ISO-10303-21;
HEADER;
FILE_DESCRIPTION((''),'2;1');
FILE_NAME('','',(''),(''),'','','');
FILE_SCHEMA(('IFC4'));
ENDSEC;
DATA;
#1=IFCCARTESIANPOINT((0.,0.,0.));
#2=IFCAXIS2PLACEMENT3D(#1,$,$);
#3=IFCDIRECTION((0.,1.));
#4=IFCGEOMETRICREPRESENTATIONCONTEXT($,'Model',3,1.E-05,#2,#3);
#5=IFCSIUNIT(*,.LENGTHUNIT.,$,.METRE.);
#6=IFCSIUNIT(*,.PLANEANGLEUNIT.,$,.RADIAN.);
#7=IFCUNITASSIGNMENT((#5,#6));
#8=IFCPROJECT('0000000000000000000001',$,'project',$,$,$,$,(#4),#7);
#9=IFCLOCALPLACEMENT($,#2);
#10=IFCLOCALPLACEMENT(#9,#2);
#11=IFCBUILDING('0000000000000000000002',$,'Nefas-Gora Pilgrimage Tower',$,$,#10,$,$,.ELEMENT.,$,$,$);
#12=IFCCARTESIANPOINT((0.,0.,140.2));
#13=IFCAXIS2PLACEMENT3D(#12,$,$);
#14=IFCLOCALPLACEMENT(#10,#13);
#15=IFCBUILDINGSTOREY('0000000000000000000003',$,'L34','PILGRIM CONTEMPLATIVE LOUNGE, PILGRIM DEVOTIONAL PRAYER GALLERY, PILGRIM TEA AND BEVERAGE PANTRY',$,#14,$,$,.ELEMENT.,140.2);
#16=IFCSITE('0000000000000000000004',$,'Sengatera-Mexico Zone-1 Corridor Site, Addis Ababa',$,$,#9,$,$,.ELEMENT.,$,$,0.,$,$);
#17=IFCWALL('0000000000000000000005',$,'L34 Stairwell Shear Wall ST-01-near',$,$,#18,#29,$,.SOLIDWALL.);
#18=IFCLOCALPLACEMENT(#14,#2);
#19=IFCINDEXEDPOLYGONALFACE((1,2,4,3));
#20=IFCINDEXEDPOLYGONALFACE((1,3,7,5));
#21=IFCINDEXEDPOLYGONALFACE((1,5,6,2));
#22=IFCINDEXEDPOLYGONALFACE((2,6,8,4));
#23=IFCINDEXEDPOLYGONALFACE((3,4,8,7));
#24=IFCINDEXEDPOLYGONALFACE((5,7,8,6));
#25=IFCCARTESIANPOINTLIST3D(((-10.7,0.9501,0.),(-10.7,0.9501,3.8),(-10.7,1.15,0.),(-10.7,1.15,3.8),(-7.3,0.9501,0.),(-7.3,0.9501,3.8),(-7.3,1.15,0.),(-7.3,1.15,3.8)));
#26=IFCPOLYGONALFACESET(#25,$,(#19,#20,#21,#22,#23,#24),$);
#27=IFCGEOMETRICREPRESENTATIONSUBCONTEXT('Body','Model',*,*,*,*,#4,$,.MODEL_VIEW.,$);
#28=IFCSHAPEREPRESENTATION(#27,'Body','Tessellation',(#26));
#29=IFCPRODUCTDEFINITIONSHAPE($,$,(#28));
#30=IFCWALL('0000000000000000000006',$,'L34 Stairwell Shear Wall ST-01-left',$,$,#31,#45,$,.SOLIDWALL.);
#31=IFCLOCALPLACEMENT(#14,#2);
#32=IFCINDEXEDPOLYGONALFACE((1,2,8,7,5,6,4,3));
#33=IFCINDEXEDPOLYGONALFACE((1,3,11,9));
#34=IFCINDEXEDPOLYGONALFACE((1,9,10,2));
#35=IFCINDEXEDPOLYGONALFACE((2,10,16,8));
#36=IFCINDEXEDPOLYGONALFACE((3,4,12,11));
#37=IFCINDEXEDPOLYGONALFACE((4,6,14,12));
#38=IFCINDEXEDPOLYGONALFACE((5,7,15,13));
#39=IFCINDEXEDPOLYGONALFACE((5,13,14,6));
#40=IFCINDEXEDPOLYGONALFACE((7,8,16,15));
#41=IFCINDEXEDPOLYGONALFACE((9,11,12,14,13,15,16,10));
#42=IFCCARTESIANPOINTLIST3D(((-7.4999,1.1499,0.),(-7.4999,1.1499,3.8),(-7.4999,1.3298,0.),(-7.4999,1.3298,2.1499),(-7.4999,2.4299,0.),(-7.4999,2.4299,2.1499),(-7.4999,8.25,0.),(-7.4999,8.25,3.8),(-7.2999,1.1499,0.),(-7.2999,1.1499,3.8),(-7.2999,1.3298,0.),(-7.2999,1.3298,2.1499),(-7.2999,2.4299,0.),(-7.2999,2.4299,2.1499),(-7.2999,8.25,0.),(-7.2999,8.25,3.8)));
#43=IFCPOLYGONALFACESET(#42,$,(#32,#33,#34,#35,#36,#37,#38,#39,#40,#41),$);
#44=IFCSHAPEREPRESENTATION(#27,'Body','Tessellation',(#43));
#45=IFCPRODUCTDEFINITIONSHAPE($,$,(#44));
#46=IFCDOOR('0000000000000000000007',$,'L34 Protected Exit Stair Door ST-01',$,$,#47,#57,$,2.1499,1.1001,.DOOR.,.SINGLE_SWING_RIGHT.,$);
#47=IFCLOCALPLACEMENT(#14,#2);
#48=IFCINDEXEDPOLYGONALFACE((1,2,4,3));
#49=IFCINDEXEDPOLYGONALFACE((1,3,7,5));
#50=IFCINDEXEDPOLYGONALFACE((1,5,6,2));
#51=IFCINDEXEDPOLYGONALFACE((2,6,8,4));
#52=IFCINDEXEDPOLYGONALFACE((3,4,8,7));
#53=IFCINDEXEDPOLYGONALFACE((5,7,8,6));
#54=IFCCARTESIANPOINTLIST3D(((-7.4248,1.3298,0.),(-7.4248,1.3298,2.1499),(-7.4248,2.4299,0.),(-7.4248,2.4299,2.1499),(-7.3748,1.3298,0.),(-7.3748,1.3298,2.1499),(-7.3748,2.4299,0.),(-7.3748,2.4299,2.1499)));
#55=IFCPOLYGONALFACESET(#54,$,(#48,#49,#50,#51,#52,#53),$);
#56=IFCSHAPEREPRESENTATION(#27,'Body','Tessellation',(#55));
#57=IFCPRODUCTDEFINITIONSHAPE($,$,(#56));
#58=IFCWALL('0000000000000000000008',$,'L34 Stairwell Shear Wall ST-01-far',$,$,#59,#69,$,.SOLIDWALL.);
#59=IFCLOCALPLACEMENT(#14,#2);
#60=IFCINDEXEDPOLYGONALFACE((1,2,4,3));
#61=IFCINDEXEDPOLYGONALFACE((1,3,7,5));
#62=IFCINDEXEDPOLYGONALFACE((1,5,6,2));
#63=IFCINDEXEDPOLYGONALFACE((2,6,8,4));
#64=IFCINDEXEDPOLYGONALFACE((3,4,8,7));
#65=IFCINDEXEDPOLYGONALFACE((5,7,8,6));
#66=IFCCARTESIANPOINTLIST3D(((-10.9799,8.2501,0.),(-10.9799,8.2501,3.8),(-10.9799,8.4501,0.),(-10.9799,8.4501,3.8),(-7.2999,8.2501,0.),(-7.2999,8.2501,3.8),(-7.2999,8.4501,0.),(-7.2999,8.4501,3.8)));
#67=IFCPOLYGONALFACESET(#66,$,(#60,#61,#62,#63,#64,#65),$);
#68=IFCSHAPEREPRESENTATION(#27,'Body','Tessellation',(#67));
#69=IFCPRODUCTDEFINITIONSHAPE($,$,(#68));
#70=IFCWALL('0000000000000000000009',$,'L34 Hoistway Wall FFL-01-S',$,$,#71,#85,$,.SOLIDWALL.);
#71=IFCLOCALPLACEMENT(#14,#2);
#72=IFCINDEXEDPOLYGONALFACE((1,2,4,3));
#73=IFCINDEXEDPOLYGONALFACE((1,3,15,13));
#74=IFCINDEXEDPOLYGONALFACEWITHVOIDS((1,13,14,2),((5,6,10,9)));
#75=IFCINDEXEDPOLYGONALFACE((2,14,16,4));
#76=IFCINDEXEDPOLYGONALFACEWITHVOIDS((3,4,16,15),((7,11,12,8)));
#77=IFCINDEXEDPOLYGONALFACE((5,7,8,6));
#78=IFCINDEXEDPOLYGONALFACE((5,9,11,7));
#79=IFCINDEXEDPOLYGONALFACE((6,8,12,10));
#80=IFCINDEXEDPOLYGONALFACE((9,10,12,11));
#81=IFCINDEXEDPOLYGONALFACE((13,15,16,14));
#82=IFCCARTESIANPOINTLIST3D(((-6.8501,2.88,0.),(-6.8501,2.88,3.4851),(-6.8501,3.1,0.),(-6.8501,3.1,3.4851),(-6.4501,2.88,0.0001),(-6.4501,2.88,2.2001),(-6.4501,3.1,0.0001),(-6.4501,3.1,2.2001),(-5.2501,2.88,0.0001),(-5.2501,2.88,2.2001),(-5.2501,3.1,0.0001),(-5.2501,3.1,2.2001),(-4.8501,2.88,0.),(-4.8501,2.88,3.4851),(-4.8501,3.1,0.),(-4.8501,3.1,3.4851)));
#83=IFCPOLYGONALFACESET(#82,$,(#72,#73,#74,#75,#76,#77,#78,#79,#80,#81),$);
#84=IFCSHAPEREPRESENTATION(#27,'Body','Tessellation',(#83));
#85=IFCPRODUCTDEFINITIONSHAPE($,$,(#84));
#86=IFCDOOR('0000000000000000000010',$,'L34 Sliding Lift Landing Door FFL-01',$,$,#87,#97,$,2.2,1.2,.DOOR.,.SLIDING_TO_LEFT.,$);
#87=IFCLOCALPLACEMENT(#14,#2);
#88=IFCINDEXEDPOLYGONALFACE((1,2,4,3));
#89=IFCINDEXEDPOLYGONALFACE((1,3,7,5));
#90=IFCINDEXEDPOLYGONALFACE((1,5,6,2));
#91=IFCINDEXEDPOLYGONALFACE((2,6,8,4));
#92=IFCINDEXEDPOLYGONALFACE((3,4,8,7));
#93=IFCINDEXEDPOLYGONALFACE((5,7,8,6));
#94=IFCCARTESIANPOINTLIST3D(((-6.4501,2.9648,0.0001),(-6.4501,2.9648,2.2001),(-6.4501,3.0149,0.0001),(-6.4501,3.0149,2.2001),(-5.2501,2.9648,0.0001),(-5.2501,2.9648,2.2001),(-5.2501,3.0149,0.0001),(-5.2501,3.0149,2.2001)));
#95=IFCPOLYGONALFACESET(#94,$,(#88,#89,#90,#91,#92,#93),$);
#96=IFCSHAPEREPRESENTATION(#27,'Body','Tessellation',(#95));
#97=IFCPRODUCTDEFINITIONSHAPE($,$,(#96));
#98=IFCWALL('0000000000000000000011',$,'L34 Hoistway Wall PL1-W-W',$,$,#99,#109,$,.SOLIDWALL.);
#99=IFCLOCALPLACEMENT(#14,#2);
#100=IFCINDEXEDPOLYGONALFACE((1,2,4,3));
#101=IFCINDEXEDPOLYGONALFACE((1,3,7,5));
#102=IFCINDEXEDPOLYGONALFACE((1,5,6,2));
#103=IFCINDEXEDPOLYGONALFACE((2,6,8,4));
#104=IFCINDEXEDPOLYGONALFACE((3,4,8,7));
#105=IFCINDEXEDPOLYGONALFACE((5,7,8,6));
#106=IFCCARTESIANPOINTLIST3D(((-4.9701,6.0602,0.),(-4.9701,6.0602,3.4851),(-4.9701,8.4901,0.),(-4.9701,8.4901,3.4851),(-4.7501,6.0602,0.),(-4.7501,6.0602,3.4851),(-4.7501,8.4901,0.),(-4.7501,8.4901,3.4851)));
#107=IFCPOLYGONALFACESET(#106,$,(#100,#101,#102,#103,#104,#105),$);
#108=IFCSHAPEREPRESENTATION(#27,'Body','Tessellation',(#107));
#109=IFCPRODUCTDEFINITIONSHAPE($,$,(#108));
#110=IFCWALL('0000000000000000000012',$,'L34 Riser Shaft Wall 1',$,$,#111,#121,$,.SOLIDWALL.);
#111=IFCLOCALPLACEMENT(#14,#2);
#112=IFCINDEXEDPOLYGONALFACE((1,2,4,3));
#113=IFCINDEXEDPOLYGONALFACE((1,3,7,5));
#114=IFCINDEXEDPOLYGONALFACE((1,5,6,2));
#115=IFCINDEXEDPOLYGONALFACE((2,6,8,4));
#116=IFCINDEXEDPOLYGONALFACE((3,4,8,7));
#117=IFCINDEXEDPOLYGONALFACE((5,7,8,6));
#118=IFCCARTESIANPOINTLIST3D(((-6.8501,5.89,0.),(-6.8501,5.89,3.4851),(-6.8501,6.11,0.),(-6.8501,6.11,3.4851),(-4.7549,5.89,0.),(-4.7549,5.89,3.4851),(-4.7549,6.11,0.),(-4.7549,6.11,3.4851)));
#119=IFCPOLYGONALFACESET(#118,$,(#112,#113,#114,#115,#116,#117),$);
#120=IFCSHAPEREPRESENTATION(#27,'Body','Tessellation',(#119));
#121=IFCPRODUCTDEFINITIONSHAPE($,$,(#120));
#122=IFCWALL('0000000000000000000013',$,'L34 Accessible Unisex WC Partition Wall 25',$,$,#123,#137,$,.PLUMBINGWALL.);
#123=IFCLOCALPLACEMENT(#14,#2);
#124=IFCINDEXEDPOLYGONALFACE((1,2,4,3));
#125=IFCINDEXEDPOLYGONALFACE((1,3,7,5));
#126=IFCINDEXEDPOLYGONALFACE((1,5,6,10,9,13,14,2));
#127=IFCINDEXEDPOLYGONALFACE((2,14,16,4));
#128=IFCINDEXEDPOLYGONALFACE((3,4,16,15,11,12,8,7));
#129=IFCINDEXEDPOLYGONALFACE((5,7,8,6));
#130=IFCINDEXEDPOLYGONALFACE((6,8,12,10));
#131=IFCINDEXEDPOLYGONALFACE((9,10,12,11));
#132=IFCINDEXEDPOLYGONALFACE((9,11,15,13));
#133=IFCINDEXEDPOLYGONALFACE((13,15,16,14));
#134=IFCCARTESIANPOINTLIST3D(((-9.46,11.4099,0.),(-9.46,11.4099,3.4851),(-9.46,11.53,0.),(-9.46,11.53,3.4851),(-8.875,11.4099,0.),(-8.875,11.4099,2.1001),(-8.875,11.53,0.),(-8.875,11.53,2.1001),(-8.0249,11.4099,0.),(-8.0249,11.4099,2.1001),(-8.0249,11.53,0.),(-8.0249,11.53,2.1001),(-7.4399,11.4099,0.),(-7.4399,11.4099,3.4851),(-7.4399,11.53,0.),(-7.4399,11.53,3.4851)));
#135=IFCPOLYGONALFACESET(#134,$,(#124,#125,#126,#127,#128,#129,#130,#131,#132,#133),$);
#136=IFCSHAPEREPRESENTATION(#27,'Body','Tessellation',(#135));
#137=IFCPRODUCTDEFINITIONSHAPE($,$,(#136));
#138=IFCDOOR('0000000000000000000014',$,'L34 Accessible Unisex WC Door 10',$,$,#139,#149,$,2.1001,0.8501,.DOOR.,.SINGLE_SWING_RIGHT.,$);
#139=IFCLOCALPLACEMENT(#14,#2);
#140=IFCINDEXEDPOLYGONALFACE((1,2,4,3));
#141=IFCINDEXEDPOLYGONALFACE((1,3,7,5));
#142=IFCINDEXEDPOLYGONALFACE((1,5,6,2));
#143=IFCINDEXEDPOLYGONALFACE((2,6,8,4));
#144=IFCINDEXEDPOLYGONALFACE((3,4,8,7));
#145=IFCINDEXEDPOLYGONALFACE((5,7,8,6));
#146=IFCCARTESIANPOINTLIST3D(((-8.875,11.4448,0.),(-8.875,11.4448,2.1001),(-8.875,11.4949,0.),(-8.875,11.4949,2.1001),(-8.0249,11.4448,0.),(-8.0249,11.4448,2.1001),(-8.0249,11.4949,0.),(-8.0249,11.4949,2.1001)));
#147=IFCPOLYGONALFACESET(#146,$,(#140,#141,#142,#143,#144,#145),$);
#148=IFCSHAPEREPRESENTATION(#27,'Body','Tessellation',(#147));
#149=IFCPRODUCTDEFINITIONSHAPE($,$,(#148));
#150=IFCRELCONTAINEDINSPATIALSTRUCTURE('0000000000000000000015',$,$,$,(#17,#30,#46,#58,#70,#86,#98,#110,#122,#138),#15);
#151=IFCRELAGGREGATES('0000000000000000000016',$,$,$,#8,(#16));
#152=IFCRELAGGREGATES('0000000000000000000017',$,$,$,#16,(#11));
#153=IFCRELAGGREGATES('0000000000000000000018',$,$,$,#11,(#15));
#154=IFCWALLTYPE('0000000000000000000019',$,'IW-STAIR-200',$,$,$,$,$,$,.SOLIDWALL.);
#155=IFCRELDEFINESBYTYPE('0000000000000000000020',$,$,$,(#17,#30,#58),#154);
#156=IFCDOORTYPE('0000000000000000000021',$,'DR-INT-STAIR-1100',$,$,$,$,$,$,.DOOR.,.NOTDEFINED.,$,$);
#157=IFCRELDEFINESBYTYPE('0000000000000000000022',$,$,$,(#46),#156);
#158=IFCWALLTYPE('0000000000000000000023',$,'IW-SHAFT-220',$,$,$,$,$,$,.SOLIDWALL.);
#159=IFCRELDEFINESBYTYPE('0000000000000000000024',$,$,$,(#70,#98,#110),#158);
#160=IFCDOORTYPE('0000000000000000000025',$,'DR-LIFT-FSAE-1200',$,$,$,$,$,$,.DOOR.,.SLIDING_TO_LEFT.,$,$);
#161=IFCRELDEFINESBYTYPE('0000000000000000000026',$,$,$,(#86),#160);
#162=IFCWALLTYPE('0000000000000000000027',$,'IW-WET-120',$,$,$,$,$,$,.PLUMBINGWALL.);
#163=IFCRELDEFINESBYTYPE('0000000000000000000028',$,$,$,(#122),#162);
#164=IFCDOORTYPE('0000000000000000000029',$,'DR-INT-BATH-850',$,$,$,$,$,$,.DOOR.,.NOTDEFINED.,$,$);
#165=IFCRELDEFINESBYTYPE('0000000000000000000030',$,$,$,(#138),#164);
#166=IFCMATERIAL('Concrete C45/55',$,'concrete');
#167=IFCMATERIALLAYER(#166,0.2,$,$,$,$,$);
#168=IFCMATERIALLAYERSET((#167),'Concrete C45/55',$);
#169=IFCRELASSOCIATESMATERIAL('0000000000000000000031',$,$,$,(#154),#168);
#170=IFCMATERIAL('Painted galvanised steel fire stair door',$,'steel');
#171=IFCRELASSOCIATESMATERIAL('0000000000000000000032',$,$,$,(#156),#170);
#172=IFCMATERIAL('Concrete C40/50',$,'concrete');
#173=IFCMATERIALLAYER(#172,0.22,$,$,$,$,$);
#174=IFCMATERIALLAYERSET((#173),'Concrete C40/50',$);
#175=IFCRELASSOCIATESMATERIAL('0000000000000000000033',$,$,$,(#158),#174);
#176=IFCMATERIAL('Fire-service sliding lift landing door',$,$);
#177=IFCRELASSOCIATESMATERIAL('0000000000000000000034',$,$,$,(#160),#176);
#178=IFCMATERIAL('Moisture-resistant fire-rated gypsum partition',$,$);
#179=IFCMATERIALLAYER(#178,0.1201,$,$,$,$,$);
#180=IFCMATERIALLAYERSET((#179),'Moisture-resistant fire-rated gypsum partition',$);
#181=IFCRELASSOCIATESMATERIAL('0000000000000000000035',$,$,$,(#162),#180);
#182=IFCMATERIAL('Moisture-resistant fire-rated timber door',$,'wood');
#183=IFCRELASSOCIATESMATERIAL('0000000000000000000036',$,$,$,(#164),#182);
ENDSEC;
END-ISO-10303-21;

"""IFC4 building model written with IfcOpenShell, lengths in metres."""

from ifc_helpers import new_model, si_unit, direction, frame, frame_2d, origin, place, context, subcontext, project, spatial, rectangle, extrude, source, transform, mapped, material, layer, layer_set, type_object, element, fill, save


model = new_model("IFC4")

# Units and contexts
model_context = context("Model", 3, precision=1e-05, world=origin(), true_north=direction((0.0, 1.0)))
body_context = subcontext(model_context, "Body", "Model", "MODEL_VIEW")
ifc_project = project(units=[si_unit("LENGTHUNIT", "METRE"), si_unit("PLANEANGLEUNIT", "RADIAN")], contexts=[model_context])

# Site, building, storey
site_placement = place(None, origin())
site = spatial("IfcSite", under=ifc_project, at=site_placement, Name="Sengatera-Mexico Zone-1 Corridor Site, Addis Ababa", CompositionType="ELEMENT", RefElevation=0.0)
building_placement = place(site_placement, origin())
building = spatial("IfcBuilding", under=site, at=building_placement, Name="Nefas-Gora Pilgrimage Tower", CompositionType="ELEMENT")
storey_placement = place(building_placement, frame((0.0, 0.0, 140.2)))
storey = spatial("IfcBuildingStorey", under=building, at=storey_placement, Name="L34", Description="PILGRIM CONTEMPLATIVE LOUNGE, PILGRIM DEVOTIONAL PRAYER GALLERY, PILGRIM TEA AND BEVERAGE PANTRY", CompositionType="ELEMENT", Elevation=140.2)

# Wall
ifc_material_1 = material(Name="Concrete C45/55", Category="concrete")
ifc_layer_1 = layer(ifc_material_1, 0.2)
ifc_layer_set_1 = layer_set([ifc_layer_1], Name="Concrete C45/55")
wall_type_1 = type_object("IfcWallType", Name="IW-STAIR-200", PredefinedType="SOLIDWALL", material=ifc_layer_set_1)
shared_shape_1 = source(origin(), body_context, "Body", "SweptSolid", [
    extrude(rectangle(XDim=3.3999, YDim=0.2, at=frame_2d((1.7, 0.0))), origin(), (0.0, 0.0, 1.0), 3.8),
])
wall_1_placement = place(storey_placement, frame((-7.3, 1.05, 0.0), z_axis=(0.0, 0.0, 1.0), x_axis=(-1.0, 0.0, 0.0)))
element("IfcWall", 1, at=wall_1_placement, inside=storey, type_object=wall_type_1, Name="L34 Stairwell Shear Wall ST-01-near", PredefinedType="SOLIDWALL", context=body_context, shape_type="MappedRepresentation", body=[
    mapped(shared_shape_1, transform((0.0, 0.0, 0.0), x_axis=(1.0, 0.0, 0.0), y_axis=(0.0, 1.0, 0.0), z_axis=(0.0, 0.0, 1.0), scale=1.0)),
])

# Wall, opening, door
shared_shape_2 = source(origin(), body_context, "Body", "SweptSolid", [
    extrude(rectangle(XDim=7.1001, YDim=0.2, at=frame_2d((3.55, 0.0))), origin(), (0.0, 0.0, 1.0), 3.8),
])
wall_2_placement = place(storey_placement, frame((-7.3999, 1.1499, 0.0), z_axis=(0.0, 0.0, 1.0), x_axis=(0.0, 1.0, 0.0)))
wall_2 = element("IfcWall", 2, at=wall_2_placement, inside=storey, type_object=wall_type_1, Name="L34 Stairwell Shear Wall ST-01-left", PredefinedType="SOLIDWALL", context=body_context, shape_type="MappedRepresentation", body=[
    mapped(shared_shape_2, transform((0.0, 0.0, 0.0), x_axis=(1.0, 0.0, 0.0), y_axis=(0.0, 1.0, 0.0), z_axis=(0.0, 0.0, 1.0), scale=1.0)),
])
opening_1_placement = place(wall_2_placement, frame((0.1799, 0.0, 0.0)))
opening_1 = element("IfcOpeningElement", 3, at=opening_1_placement, cuts=wall_2, PredefinedType="OPENING", context=body_context, shape_type="SweptSolid", body=[
    extrude(rectangle(XDim=1.1001, YDim=2.1499, at=frame_2d((0.55, 1.075))), frame((0.0, 0.1099, 0.0), z_axis=(0.0, -1.0, 0.0), x_axis=(1.0, 0.0, 0.0)), (0.0, 0.0, 1.0), 0.22),
])
ifc_material_2 = material(Name="Painted galvanised steel fire stair door", Category="steel")
door_type_1 = type_object("IfcDoorType", Name="DR-INT-STAIR-1100", OperationType="NOTDEFINED", PredefinedType="DOOR", material=ifc_material_2)
shared_shape_3 = source(origin(), body_context, "Body", "SweptSolid", [
    extrude(rectangle(XDim=1.1001, YDim=2.1499, at=frame_2d((0.55, 1.075))), frame((0.0, 0.0249, 0.0), z_axis=(0.0, -1.0, 0.0), x_axis=(1.0, 0.0, 0.0)), (0.0, 0.0, 1.0), 0.05),
])
door_1_placement = place(opening_1_placement, origin())
door_1 = element("IfcDoor", 4, at=door_1_placement, inside=storey, type_object=door_type_1, Name="L34 Protected Exit Stair Door ST-01", OperationType="SINGLE_SWING_RIGHT", OverallHeight=2.1499, OverallWidth=1.1001, PredefinedType="DOOR", context=body_context, shape_type="MappedRepresentation", body=[
    mapped(shared_shape_3, transform((0.0, 0.0, 0.0), x_axis=(1.0, 0.0, 0.0), y_axis=(0.0, 1.0, 0.0), z_axis=(0.0, 0.0, 1.0), scale=1.0)),
])
fill(opening_1, door_1)

# Wall
shared_shape_4 = source(origin(), body_context, "Body", "SweptSolid", [
    extrude(rectangle(XDim=3.6799, YDim=0.2, at=frame_2d((1.8398, 0.0))), origin(), (0.0, 0.0, 1.0), 3.8),
])
wall_3_placement = place(storey_placement, frame((-7.3, 8.3501, 0.0), z_axis=(0.0, 0.0, 1.0), x_axis=(-1.0, 0.0, 0.0)))
element("IfcWall", 5, at=wall_3_placement, inside=storey, type_object=wall_type_1, Name="L34 Stairwell Shear Wall ST-01-far", PredefinedType="SOLIDWALL", context=body_context, shape_type="MappedRepresentation", body=[
    mapped(shared_shape_4, transform((0.0, 0.0, 0.0), x_axis=(1.0, 0.0, 0.0), y_axis=(0.0, 1.0, 0.0), z_axis=(0.0, 0.0, 1.0), scale=1.0)),
])

# Wall, opening, door
ifc_material_3 = material(Name="Concrete C40/50", Category="concrete")
ifc_layer_2 = layer(ifc_material_3, 0.22)
ifc_layer_set_2 = layer_set([ifc_layer_2], Name="Concrete C40/50")
wall_type_2 = type_object("IfcWallType", Name="IW-SHAFT-220", PredefinedType="SOLIDWALL", material=ifc_layer_set_2)
shared_shape_5 = source(origin(), body_context, "Body", "SweptSolid", [
    extrude(rectangle(XDim=2.0, YDim=0.22, at=frame_2d((1.0, 0.0))), origin(), (0.0, 0.0, 1.0), 3.4851),
])
wall_4_placement = place(storey_placement, frame((-6.8501, 2.99, 0.0), z_axis=(0.0, 0.0, 1.0), x_axis=(1.0, 0.0, 0.0)))
wall_4 = element("IfcWall", 6, at=wall_4_placement, inside=storey, type_object=wall_type_2, Name="L34 Hoistway Wall FFL-01-S", PredefinedType="SOLIDWALL", context=body_context, shape_type="MappedRepresentation", body=[
    mapped(shared_shape_5, transform((0.0, 0.0, 0.0), x_axis=(1.0, 0.0, 0.0), y_axis=(0.0, 1.0, 0.0), z_axis=(0.0, 0.0, 1.0), scale=1.0)),
])
opening_2_placement = place(wall_4_placement, frame((0.3999, 0.0, 0.0)))
opening_2 = element("IfcOpeningElement", 7, at=opening_2_placement, cuts=wall_4, PredefinedType="OPENING", context=body_context, shape_type="SweptSolid", body=[
    extrude(rectangle(XDim=1.2, YDim=2.2, at=frame_2d((0.6001, 1.1001))), frame((0.0, 0.1199, 0.0), z_axis=(0.0, -1.0, 0.0), x_axis=(1.0, 0.0, 0.0)), (0.0, 0.0, 1.0), 0.24),
])
ifc_material_4 = material(Name="Fire-service sliding lift landing door")
door_type_2 = type_object("IfcDoorType", Name="DR-LIFT-FSAE-1200", OperationType="SLIDING_TO_LEFT", PredefinedType="DOOR", material=ifc_material_4)
shared_shape_6 = source(origin(), body_context, "Body", "SweptSolid", [
    extrude(rectangle(XDim=1.2, YDim=2.2, at=frame_2d((0.6001, 1.1001))), frame((0.0, 0.0249, 0.0), z_axis=(0.0, -1.0, 0.0), x_axis=(1.0, 0.0, 0.0)), (0.0, 0.0, 1.0), 0.05),
])
door_2_placement = place(opening_2_placement, origin())
door_2 = element("IfcDoor", 8, at=door_2_placement, inside=storey, type_object=door_type_2, Name="L34 Sliding Lift Landing Door FFL-01", OperationType="SLIDING_TO_LEFT", OverallHeight=2.2, OverallWidth=1.2, PredefinedType="DOOR", context=body_context, shape_type="MappedRepresentation", body=[
    mapped(shared_shape_6, transform((0.0, 0.0, 0.0), x_axis=(1.0, 0.0, 0.0), y_axis=(0.0, 1.0, 0.0), z_axis=(0.0, 0.0, 1.0), scale=1.0)),
])
fill(opening_2, door_2)

# Walls
shared_shape_7 = source(origin(), body_context, "Body", "SweptSolid", [
    extrude(rectangle(XDim=2.4299, YDim=0.22, at=frame_2d((1.2148, 0.0))), origin(), (0.0, 0.0, 1.0), 3.4851),
])
wall_5_placement = place(storey_placement, frame((-4.8601, 8.49, 0.0), z_axis=(0.0, 0.0, 1.0), x_axis=(0.0, -1.0, 0.0)))
element("IfcWall", 9, at=wall_5_placement, inside=storey, type_object=wall_type_2, Name="L34 Hoistway Wall PL1-W-W", PredefinedType="SOLIDWALL", context=body_context, shape_type="MappedRepresentation", body=[
    mapped(shared_shape_7, transform((0.0, 0.0, 0.0), x_axis=(1.0, 0.0, 0.0), y_axis=(0.0, 1.0, 0.0), z_axis=(0.0, 0.0, 1.0), scale=1.0)),
])
shared_shape_8 = source(origin(), body_context, "Body", "SweptSolid", [
    extrude(rectangle(XDim=2.0952, YDim=0.22, at=frame_2d((1.0476, 0.0))), origin(), (0.0, 0.0, 1.0), 3.4851),
])
wall_6_placement = place(storey_placement, frame((-6.8501, 6.0, 0.0), z_axis=(0.0, 0.0, 1.0), x_axis=(1.0, 0.0, 0.0)))
element("IfcWall", 10, at=wall_6_placement, inside=storey, type_object=wall_type_2, Name="L34 Riser Shaft Wall 1", PredefinedType="SOLIDWALL", context=body_context, shape_type="MappedRepresentation", body=[
    mapped(shared_shape_8, transform((0.0, 0.0, 0.0), x_axis=(1.0, 0.0, 0.0), y_axis=(0.0, 1.0, 0.0), z_axis=(0.0, 0.0, 1.0), scale=1.0)),
])

# Wall, opening, door
ifc_material_5 = material(Name="Moisture-resistant fire-rated gypsum partition")
ifc_layer_3 = layer(ifc_material_5, 0.1201)
ifc_layer_set_3 = layer_set([ifc_layer_3], Name="Moisture-resistant fire-rated gypsum partition")
wall_type_3 = type_object("IfcWallType", Name="IW-WET-120", PredefinedType="PLUMBINGWALL", material=ifc_layer_set_3)
shared_shape_9 = source(origin(), body_context, "Body", "SweptSolid", [
    extrude(rectangle(XDim=2.02, YDim=0.1201, at=frame_2d((1.01, 0.0))), origin(), (0.0, 0.0, 1.0), 3.4851),
])
wall_7_placement = place(storey_placement, frame((-9.46, 11.47, 0.0), z_axis=(0.0, 0.0, 1.0), x_axis=(1.0, 0.0, 0.0)))
wall_7 = element("IfcWall", 11, at=wall_7_placement, inside=storey, type_object=wall_type_3, Name="L34 Accessible Unisex WC Partition Wall 25", PredefinedType="PLUMBINGWALL", context=body_context, shape_type="MappedRepresentation", body=[
    mapped(shared_shape_9, transform((0.0, 0.0, 0.0), x_axis=(1.0, 0.0, 0.0), y_axis=(0.0, 1.0, 0.0), z_axis=(0.0, 0.0, 1.0), scale=1.0)),
])
opening_3_placement = place(wall_7_placement, frame((0.585, 0.0, 0.0)))
opening_3 = element("IfcOpeningElement", 12, at=opening_3_placement, cuts=wall_7, PredefinedType="OPENING", context=body_context, shape_type="SweptSolid", body=[
    extrude(rectangle(XDim=0.8501, YDim=2.1001, at=frame_2d((0.425, 1.05))), frame((0.0, 0.0701, 0.0), z_axis=(0.0, -1.0, 0.0), x_axis=(1.0, 0.0, 0.0)), (0.0, 0.0, 1.0), 0.1401),
])
ifc_material_6 = material(Name="Moisture-resistant fire-rated timber door", Category="wood")
door_type_3 = type_object("IfcDoorType", Name="DR-INT-BATH-850", OperationType="NOTDEFINED", PredefinedType="DOOR", material=ifc_material_6)
shared_shape_10 = source(origin(), body_context, "Body", "SweptSolid", [
    extrude(rectangle(XDim=0.8501, YDim=2.1001, at=frame_2d((0.425, 1.05))), frame((0.0, 0.0249, 0.0), z_axis=(0.0, -1.0, 0.0), x_axis=(1.0, 0.0, 0.0)), (0.0, 0.0, 1.0), 0.05),
])
door_3_placement = place(opening_3_placement, origin())
door_3 = element("IfcDoor", 13, at=door_3_placement, inside=storey, type_object=door_type_3, Name="L34 Accessible Unisex WC Door 10", OperationType="SINGLE_SWING_RIGHT", OverallHeight=2.1001, OverallWidth=0.8501, PredefinedType="DOOR", context=body_context, shape_type="MappedRepresentation", body=[
    mapped(shared_shape_10, transform((0.0, 0.0, 0.0), x_axis=(1.0, 0.0, 0.0), y_axis=(0.0, 1.0, 0.0), z_axis=(0.0, 0.0, 1.0), scale=1.0)),
])
fill(opening_3, door_3)

save(model, "model.ifc")
